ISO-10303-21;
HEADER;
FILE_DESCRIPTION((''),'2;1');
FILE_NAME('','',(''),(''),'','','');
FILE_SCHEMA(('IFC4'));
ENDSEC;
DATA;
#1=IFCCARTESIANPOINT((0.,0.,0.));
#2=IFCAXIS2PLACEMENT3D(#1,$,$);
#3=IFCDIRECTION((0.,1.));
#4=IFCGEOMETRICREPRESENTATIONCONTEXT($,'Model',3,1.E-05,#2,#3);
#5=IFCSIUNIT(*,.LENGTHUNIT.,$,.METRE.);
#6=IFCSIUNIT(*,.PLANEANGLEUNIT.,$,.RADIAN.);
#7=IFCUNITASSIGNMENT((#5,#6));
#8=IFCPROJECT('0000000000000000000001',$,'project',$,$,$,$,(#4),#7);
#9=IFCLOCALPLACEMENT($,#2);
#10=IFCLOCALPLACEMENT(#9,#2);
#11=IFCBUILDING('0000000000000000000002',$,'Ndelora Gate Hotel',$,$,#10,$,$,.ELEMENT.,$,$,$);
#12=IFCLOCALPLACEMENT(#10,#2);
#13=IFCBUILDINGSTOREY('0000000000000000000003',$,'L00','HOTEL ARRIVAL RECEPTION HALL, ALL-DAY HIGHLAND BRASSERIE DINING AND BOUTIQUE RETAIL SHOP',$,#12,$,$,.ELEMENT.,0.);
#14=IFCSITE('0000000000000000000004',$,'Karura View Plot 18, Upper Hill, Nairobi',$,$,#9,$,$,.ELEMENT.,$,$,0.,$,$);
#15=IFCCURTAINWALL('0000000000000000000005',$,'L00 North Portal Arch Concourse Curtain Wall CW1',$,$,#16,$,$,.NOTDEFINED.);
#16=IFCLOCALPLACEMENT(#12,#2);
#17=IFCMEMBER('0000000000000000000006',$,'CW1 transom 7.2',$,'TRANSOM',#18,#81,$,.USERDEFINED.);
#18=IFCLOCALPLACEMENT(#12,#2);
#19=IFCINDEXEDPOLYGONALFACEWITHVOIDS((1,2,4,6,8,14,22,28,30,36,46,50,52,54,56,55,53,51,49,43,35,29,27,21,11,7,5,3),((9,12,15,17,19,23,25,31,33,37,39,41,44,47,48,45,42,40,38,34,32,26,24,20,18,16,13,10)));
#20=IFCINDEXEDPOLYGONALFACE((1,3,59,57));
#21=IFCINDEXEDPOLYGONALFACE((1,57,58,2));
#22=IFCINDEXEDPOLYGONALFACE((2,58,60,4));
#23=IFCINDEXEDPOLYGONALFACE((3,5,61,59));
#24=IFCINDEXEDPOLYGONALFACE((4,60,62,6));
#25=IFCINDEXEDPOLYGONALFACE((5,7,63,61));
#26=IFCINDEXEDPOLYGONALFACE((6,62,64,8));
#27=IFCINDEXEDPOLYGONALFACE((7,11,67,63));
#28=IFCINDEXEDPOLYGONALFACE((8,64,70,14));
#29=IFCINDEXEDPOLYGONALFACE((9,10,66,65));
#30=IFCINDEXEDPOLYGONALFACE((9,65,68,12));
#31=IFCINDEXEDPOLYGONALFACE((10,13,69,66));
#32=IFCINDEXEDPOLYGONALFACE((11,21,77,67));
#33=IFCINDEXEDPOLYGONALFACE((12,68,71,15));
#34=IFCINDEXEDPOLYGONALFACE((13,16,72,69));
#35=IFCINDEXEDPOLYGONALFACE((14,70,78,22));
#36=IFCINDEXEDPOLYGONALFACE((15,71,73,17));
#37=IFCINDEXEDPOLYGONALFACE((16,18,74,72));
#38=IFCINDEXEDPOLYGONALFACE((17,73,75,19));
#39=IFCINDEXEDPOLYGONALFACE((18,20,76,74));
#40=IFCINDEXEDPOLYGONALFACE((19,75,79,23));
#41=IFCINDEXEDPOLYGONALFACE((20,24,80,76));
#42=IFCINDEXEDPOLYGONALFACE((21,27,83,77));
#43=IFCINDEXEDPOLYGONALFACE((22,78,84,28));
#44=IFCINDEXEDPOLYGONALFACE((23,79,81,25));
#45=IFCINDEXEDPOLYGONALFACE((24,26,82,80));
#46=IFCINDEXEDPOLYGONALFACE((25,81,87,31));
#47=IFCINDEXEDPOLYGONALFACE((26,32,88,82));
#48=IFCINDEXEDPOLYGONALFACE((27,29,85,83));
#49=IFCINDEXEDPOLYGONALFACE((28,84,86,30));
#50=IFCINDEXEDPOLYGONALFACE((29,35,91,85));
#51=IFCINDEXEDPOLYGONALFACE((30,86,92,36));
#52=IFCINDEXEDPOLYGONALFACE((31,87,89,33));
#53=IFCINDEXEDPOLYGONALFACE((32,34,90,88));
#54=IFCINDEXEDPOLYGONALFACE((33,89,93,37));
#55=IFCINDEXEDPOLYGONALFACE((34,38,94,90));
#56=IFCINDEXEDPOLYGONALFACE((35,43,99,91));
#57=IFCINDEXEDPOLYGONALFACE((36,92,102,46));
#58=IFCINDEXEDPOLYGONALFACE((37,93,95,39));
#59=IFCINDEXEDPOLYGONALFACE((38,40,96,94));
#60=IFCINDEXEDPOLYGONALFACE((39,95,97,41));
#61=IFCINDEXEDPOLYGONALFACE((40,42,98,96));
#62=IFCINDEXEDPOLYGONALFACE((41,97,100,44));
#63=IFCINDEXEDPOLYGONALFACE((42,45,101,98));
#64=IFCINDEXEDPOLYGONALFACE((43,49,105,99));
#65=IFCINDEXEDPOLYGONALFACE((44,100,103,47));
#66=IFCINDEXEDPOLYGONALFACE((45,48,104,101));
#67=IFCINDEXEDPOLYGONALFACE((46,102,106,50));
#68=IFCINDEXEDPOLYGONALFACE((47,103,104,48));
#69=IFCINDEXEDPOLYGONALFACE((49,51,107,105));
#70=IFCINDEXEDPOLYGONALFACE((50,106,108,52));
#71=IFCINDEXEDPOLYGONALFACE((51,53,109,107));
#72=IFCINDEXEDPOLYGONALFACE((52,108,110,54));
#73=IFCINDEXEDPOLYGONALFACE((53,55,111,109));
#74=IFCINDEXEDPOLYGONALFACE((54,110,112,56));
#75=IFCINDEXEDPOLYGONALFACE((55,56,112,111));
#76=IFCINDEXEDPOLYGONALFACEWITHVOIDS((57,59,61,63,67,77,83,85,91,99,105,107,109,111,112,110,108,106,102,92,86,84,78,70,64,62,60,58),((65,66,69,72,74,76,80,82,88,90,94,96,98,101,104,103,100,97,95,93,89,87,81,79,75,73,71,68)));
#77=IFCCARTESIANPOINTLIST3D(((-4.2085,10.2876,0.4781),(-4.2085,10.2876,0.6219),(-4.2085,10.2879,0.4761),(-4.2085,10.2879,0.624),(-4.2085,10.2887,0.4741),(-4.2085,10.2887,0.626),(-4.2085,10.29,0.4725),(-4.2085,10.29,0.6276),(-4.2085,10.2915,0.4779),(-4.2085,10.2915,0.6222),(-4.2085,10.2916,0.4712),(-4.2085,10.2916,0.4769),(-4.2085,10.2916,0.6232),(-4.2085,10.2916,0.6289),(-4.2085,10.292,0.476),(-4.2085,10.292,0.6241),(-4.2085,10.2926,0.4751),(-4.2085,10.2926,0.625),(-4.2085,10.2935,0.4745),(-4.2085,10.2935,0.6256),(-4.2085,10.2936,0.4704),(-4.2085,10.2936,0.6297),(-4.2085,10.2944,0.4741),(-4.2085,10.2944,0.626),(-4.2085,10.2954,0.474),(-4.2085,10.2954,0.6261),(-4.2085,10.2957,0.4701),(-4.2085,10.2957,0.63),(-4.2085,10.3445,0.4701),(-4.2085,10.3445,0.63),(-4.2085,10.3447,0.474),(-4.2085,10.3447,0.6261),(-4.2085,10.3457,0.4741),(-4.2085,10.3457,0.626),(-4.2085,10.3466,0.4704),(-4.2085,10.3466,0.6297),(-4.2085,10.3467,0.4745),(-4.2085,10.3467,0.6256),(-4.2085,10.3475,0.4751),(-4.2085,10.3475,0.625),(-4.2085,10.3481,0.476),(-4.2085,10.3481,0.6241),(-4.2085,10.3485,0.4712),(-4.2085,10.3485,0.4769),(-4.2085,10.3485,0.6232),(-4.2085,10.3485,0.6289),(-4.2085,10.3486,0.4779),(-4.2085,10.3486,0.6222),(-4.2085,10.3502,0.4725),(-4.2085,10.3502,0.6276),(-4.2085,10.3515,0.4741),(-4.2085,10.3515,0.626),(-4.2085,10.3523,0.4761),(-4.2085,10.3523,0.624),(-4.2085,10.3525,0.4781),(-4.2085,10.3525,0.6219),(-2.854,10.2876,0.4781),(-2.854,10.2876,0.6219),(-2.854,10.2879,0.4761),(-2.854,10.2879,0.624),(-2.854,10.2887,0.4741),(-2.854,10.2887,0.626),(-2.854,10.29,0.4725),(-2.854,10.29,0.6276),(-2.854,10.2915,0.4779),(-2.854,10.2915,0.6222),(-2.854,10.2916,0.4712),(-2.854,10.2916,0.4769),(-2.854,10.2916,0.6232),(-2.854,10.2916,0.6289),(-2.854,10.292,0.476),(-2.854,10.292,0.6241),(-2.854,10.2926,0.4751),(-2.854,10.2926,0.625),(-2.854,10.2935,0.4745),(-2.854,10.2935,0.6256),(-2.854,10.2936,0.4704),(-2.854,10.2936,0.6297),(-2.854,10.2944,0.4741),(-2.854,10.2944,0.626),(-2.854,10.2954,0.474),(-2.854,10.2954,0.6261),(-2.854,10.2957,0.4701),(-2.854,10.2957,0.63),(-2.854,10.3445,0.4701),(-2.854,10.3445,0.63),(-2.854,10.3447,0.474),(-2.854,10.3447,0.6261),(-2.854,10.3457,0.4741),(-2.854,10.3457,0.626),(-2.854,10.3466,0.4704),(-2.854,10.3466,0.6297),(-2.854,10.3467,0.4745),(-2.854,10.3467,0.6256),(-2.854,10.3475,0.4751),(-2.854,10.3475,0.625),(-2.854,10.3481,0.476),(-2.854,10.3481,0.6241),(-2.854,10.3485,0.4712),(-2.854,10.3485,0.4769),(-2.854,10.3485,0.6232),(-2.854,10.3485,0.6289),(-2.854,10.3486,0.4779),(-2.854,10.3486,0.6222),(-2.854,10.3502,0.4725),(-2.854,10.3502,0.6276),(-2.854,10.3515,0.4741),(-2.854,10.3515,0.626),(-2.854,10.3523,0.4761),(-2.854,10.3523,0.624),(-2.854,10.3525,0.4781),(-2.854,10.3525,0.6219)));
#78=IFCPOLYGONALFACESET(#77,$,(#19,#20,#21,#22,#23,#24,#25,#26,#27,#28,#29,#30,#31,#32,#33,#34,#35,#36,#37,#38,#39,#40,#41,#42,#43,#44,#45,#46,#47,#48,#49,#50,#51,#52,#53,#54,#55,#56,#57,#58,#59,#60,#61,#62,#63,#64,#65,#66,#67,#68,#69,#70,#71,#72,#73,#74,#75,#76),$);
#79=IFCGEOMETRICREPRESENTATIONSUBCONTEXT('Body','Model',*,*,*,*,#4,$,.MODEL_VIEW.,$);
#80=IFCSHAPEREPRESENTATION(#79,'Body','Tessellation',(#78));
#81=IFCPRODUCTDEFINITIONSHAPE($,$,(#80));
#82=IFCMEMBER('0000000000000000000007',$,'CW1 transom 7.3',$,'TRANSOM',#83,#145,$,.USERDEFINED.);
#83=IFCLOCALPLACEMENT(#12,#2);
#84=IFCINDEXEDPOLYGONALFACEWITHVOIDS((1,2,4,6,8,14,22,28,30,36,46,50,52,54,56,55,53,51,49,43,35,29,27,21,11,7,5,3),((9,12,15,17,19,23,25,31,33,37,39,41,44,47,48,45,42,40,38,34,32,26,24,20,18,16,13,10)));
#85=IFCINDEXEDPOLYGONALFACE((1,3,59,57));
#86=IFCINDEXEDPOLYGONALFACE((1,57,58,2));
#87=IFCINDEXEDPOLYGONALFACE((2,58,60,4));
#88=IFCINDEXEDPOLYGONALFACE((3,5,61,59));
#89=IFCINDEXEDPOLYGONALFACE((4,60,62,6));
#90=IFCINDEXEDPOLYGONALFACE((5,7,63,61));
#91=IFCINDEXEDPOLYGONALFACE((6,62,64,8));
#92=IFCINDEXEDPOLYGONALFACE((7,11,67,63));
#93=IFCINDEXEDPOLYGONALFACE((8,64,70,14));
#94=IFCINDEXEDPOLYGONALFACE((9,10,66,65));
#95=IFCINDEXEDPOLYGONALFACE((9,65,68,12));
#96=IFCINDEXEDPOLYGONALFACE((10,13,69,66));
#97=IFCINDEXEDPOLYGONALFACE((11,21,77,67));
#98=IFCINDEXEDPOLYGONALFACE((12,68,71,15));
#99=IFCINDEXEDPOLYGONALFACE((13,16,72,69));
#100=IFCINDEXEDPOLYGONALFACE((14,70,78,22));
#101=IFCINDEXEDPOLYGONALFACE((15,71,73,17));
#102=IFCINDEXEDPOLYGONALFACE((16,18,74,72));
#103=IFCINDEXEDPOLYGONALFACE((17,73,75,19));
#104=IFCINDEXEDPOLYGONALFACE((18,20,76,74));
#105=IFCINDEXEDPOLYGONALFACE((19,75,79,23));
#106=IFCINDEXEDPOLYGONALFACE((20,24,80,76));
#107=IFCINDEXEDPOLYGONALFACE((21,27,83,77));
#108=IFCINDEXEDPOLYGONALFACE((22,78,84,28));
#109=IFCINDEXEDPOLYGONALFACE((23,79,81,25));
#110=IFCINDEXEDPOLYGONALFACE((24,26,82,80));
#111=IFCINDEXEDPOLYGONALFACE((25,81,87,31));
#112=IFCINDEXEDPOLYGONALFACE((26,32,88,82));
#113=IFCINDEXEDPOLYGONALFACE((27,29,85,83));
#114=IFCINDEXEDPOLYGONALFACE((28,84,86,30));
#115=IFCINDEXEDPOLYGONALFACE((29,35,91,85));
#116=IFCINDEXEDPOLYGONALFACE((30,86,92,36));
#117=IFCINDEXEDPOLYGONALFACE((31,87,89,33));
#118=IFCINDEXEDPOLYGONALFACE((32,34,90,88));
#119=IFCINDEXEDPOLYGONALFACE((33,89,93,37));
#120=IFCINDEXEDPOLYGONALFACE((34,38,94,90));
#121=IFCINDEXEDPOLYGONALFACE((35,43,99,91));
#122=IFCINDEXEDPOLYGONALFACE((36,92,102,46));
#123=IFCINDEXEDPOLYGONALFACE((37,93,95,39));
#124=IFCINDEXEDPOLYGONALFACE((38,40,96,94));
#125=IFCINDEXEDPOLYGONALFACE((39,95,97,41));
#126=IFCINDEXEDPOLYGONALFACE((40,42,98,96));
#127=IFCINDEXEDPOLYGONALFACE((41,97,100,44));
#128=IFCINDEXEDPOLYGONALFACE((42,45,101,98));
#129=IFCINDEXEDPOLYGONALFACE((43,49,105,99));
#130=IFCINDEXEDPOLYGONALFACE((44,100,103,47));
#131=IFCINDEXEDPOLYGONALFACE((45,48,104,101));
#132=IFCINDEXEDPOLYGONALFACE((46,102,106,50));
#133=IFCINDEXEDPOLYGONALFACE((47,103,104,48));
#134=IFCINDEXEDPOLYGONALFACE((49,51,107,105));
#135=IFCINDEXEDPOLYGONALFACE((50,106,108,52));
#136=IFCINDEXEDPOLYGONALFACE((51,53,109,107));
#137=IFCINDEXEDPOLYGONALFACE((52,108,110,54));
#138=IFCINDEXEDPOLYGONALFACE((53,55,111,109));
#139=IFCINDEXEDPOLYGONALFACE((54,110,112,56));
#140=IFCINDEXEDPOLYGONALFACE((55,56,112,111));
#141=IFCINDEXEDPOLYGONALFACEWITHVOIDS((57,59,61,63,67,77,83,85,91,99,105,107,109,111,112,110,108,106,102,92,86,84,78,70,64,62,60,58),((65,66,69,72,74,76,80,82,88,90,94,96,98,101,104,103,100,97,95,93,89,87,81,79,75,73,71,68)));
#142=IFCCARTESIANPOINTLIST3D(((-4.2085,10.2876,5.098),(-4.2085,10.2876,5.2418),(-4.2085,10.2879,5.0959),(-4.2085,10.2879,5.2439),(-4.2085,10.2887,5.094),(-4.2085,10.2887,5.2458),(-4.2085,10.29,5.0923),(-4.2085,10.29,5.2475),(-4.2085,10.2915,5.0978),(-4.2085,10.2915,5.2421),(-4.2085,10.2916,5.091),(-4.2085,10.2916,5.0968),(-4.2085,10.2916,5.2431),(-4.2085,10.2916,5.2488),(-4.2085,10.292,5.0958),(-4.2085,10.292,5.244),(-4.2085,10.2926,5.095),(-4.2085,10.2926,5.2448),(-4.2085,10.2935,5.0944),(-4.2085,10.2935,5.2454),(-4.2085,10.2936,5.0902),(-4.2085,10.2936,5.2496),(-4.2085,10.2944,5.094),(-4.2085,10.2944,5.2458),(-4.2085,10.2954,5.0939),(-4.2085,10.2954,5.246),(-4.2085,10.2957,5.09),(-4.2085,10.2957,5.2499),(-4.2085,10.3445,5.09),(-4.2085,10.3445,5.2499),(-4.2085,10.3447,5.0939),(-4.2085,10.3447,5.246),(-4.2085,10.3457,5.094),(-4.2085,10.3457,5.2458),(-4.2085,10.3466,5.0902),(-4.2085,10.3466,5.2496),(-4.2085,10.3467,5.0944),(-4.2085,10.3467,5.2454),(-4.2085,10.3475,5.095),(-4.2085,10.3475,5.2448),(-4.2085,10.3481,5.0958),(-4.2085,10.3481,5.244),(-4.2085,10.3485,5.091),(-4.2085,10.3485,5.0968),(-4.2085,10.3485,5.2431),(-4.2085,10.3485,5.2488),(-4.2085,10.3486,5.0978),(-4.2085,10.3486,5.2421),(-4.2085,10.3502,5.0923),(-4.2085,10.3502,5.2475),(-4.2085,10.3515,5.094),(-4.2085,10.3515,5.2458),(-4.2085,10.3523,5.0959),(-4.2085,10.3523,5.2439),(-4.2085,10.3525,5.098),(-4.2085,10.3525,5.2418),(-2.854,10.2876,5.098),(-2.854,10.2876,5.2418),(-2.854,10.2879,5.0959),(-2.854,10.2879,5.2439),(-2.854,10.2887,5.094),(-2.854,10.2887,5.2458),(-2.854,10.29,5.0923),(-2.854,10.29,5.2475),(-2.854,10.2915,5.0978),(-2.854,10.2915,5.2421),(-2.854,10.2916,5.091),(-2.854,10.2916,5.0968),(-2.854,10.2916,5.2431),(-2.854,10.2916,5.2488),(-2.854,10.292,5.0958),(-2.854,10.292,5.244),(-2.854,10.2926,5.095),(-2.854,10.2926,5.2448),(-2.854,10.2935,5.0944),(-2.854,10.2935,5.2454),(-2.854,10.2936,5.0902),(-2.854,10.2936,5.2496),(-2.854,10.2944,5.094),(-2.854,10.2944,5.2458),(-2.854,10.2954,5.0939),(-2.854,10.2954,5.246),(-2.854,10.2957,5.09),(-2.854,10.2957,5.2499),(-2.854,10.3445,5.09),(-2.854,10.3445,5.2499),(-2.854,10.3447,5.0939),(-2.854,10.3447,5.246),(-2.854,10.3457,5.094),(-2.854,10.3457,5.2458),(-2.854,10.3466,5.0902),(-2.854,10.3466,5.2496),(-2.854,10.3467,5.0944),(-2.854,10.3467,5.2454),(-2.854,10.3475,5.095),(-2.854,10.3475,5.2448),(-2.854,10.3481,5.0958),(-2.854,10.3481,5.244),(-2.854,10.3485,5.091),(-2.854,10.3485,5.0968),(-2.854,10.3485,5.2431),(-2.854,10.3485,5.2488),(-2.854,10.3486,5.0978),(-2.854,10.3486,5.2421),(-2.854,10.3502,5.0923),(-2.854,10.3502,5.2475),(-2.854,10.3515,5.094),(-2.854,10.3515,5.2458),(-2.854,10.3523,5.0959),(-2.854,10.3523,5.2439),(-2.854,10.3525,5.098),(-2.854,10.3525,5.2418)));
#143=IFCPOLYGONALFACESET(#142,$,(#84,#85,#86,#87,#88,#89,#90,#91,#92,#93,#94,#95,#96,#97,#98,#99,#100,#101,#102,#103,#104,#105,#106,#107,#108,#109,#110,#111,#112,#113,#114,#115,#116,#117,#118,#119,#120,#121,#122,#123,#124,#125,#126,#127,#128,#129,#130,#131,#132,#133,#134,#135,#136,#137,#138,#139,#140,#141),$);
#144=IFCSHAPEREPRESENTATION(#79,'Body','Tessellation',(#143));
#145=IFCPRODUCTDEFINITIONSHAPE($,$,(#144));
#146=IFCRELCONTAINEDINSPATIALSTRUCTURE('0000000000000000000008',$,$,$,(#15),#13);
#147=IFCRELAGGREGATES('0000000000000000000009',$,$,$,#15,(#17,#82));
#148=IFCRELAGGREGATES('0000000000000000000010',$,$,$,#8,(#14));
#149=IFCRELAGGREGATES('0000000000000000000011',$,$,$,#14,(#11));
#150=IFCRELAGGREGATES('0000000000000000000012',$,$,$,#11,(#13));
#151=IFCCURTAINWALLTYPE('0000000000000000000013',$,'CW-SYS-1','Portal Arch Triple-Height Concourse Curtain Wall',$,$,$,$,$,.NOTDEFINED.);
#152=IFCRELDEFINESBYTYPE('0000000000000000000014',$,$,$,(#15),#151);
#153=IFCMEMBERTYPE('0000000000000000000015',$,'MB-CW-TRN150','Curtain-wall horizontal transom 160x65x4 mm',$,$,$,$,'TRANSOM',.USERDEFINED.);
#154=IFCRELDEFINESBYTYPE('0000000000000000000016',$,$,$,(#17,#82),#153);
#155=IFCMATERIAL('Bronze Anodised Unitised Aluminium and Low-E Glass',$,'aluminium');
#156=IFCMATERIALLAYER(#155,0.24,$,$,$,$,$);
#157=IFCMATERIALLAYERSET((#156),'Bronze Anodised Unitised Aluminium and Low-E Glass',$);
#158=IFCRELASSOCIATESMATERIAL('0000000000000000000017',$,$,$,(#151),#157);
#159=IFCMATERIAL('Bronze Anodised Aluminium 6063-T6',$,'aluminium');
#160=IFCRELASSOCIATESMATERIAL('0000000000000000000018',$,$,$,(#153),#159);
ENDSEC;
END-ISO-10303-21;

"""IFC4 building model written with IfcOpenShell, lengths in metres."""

from ifc_helpers import new_model, si_unit, direction, frame, origin, origin_2d, place, context, subcontext, project, spatial, hollow_rectangle, extrude, material, layer, layer_set, material_profile, profile_set, type_object, element, aggregate, save


model = new_model("IFC4")

# Units and contexts
model_context = context("Model", 3, precision=1e-05, world=origin(), true_north=direction((0.0, 1.0)))
body_context = subcontext(model_context, "Body", "Model", "MODEL_VIEW")
ifc_project = project(units=[si_unit("LENGTHUNIT", "METRE"), si_unit("PLANEANGLEUNIT", "RADIAN")], contexts=[model_context])

# Site, building, storey
site_placement = place(None, origin())
site = spatial("IfcSite", under=ifc_project, at=site_placement, Name="Karura View Plot 18, Upper Hill, Nairobi", CompositionType="ELEMENT", RefElevation=0.0)
building_placement = place(site_placement, origin())
building = spatial("IfcBuilding", under=site, at=building_placement, Name="Ndelora Gate Hotel", CompositionType="ELEMENT")
storey_placement = place(building_placement, origin())
storey = spatial("IfcBuildingStorey", under=building, at=storey_placement, Name="L00", Description="HOTEL ARRIVAL RECEPTION HALL, ALL-DAY HIGHLAND BRASSERIE DINING AND BOUTIQUE RETAIL SHOP", CompositionType="ELEMENT", Elevation=0.0)

# Curtain wall, members
ifc_material_1 = material(Name="Bronze Anodised Unitised Aluminium and Low-E Glass", Category="aluminium")
ifc_layer_1 = layer(ifc_material_1, 0.24)
ifc_layer_set_1 = layer_set([ifc_layer_1], Name="Bronze Anodised Unitised Aluminium and Low-E Glass")
curtain_wall_type = type_object("IfcCurtainWallType", Name="CW-SYS-1", Description="Portal Arch Triple-Height Concourse Curtain Wall", PredefinedType="NOTDEFINED", material=ifc_layer_set_1)
curtain_wall_placement = place(storey_placement, origin())
curtain_wall = element("IfcCurtainWall", 1, at=curtain_wall_placement, inside=storey, type_object=curtain_wall_type, Name="L00 North Portal Arch Concourse Curtain Wall CW1", PredefinedType="NOTDEFINED")
ifc_material_2 = material(Name="Bronze Anodised Aluminium 6063-T6", Category="aluminium")
ifc_material_profile_1 = material_profile(ifc_material_2, hollow_rectangle(XDim=0.0649, YDim=0.1599, WallThickness=0.0039, InnerFilletRadius=0.0039, OuterFilletRadius=0.0081, at=origin_2d()), Name="ALU 160x65x4")
ifc_profile_set_1 = profile_set([ifc_material_profile_1], Name="Bronze Anodised Aluminium 6063-T6")
member_type_1 = type_object("IfcMemberType", Name="MB-CW-TRN150", Description="Curtain-wall horizontal transom 160x65x4 mm", ElementType="TRANSOM", PredefinedType="USERDEFINED", material=ifc_profile_set_1)
member_1_placement = place(storey_placement, frame((-2.854, 10.3201, 0.55), z_axis=(-1.0, 0.0, 0.0), x_axis=(0.0, -1.0, 0.0)))
member_1 = element("IfcMember", 2, at=member_1_placement, type_object=member_type_1, Name="CW1 transom 7.2", ObjectType="TRANSOM", PredefinedType="USERDEFINED", context=body_context, shape_type="SweptSolid", body=[
    extrude(hollow_rectangle(XDim=0.0649, YDim=0.1599, WallThickness=0.0039, InnerFilletRadius=0.0039, OuterFilletRadius=0.0081, at=origin_2d()), origin(), (0.0, 0.0, 1.0), 1.3545),
])
member_2_placement = place(storey_placement, frame((-2.854, 10.3201, 5.1699), z_axis=(-1.0, 0.0, 0.0), x_axis=(0.0, -1.0, 0.0)))
member_2 = element("IfcMember", 3, at=member_2_placement, type_object=member_type_1, Name="CW1 transom 7.3", ObjectType="TRANSOM", PredefinedType="USERDEFINED", context=body_context, shape_type="SweptSolid", body=[
    extrude(hollow_rectangle(XDim=0.0649, YDim=0.1599, WallThickness=0.0039, InnerFilletRadius=0.0039, OuterFilletRadius=0.0081, at=origin_2d()), origin(), (0.0, 0.0, 1.0), 1.3545),
])
aggregate(curtain_wall, [member_1, member_2])

save(model, "model.ifc")
